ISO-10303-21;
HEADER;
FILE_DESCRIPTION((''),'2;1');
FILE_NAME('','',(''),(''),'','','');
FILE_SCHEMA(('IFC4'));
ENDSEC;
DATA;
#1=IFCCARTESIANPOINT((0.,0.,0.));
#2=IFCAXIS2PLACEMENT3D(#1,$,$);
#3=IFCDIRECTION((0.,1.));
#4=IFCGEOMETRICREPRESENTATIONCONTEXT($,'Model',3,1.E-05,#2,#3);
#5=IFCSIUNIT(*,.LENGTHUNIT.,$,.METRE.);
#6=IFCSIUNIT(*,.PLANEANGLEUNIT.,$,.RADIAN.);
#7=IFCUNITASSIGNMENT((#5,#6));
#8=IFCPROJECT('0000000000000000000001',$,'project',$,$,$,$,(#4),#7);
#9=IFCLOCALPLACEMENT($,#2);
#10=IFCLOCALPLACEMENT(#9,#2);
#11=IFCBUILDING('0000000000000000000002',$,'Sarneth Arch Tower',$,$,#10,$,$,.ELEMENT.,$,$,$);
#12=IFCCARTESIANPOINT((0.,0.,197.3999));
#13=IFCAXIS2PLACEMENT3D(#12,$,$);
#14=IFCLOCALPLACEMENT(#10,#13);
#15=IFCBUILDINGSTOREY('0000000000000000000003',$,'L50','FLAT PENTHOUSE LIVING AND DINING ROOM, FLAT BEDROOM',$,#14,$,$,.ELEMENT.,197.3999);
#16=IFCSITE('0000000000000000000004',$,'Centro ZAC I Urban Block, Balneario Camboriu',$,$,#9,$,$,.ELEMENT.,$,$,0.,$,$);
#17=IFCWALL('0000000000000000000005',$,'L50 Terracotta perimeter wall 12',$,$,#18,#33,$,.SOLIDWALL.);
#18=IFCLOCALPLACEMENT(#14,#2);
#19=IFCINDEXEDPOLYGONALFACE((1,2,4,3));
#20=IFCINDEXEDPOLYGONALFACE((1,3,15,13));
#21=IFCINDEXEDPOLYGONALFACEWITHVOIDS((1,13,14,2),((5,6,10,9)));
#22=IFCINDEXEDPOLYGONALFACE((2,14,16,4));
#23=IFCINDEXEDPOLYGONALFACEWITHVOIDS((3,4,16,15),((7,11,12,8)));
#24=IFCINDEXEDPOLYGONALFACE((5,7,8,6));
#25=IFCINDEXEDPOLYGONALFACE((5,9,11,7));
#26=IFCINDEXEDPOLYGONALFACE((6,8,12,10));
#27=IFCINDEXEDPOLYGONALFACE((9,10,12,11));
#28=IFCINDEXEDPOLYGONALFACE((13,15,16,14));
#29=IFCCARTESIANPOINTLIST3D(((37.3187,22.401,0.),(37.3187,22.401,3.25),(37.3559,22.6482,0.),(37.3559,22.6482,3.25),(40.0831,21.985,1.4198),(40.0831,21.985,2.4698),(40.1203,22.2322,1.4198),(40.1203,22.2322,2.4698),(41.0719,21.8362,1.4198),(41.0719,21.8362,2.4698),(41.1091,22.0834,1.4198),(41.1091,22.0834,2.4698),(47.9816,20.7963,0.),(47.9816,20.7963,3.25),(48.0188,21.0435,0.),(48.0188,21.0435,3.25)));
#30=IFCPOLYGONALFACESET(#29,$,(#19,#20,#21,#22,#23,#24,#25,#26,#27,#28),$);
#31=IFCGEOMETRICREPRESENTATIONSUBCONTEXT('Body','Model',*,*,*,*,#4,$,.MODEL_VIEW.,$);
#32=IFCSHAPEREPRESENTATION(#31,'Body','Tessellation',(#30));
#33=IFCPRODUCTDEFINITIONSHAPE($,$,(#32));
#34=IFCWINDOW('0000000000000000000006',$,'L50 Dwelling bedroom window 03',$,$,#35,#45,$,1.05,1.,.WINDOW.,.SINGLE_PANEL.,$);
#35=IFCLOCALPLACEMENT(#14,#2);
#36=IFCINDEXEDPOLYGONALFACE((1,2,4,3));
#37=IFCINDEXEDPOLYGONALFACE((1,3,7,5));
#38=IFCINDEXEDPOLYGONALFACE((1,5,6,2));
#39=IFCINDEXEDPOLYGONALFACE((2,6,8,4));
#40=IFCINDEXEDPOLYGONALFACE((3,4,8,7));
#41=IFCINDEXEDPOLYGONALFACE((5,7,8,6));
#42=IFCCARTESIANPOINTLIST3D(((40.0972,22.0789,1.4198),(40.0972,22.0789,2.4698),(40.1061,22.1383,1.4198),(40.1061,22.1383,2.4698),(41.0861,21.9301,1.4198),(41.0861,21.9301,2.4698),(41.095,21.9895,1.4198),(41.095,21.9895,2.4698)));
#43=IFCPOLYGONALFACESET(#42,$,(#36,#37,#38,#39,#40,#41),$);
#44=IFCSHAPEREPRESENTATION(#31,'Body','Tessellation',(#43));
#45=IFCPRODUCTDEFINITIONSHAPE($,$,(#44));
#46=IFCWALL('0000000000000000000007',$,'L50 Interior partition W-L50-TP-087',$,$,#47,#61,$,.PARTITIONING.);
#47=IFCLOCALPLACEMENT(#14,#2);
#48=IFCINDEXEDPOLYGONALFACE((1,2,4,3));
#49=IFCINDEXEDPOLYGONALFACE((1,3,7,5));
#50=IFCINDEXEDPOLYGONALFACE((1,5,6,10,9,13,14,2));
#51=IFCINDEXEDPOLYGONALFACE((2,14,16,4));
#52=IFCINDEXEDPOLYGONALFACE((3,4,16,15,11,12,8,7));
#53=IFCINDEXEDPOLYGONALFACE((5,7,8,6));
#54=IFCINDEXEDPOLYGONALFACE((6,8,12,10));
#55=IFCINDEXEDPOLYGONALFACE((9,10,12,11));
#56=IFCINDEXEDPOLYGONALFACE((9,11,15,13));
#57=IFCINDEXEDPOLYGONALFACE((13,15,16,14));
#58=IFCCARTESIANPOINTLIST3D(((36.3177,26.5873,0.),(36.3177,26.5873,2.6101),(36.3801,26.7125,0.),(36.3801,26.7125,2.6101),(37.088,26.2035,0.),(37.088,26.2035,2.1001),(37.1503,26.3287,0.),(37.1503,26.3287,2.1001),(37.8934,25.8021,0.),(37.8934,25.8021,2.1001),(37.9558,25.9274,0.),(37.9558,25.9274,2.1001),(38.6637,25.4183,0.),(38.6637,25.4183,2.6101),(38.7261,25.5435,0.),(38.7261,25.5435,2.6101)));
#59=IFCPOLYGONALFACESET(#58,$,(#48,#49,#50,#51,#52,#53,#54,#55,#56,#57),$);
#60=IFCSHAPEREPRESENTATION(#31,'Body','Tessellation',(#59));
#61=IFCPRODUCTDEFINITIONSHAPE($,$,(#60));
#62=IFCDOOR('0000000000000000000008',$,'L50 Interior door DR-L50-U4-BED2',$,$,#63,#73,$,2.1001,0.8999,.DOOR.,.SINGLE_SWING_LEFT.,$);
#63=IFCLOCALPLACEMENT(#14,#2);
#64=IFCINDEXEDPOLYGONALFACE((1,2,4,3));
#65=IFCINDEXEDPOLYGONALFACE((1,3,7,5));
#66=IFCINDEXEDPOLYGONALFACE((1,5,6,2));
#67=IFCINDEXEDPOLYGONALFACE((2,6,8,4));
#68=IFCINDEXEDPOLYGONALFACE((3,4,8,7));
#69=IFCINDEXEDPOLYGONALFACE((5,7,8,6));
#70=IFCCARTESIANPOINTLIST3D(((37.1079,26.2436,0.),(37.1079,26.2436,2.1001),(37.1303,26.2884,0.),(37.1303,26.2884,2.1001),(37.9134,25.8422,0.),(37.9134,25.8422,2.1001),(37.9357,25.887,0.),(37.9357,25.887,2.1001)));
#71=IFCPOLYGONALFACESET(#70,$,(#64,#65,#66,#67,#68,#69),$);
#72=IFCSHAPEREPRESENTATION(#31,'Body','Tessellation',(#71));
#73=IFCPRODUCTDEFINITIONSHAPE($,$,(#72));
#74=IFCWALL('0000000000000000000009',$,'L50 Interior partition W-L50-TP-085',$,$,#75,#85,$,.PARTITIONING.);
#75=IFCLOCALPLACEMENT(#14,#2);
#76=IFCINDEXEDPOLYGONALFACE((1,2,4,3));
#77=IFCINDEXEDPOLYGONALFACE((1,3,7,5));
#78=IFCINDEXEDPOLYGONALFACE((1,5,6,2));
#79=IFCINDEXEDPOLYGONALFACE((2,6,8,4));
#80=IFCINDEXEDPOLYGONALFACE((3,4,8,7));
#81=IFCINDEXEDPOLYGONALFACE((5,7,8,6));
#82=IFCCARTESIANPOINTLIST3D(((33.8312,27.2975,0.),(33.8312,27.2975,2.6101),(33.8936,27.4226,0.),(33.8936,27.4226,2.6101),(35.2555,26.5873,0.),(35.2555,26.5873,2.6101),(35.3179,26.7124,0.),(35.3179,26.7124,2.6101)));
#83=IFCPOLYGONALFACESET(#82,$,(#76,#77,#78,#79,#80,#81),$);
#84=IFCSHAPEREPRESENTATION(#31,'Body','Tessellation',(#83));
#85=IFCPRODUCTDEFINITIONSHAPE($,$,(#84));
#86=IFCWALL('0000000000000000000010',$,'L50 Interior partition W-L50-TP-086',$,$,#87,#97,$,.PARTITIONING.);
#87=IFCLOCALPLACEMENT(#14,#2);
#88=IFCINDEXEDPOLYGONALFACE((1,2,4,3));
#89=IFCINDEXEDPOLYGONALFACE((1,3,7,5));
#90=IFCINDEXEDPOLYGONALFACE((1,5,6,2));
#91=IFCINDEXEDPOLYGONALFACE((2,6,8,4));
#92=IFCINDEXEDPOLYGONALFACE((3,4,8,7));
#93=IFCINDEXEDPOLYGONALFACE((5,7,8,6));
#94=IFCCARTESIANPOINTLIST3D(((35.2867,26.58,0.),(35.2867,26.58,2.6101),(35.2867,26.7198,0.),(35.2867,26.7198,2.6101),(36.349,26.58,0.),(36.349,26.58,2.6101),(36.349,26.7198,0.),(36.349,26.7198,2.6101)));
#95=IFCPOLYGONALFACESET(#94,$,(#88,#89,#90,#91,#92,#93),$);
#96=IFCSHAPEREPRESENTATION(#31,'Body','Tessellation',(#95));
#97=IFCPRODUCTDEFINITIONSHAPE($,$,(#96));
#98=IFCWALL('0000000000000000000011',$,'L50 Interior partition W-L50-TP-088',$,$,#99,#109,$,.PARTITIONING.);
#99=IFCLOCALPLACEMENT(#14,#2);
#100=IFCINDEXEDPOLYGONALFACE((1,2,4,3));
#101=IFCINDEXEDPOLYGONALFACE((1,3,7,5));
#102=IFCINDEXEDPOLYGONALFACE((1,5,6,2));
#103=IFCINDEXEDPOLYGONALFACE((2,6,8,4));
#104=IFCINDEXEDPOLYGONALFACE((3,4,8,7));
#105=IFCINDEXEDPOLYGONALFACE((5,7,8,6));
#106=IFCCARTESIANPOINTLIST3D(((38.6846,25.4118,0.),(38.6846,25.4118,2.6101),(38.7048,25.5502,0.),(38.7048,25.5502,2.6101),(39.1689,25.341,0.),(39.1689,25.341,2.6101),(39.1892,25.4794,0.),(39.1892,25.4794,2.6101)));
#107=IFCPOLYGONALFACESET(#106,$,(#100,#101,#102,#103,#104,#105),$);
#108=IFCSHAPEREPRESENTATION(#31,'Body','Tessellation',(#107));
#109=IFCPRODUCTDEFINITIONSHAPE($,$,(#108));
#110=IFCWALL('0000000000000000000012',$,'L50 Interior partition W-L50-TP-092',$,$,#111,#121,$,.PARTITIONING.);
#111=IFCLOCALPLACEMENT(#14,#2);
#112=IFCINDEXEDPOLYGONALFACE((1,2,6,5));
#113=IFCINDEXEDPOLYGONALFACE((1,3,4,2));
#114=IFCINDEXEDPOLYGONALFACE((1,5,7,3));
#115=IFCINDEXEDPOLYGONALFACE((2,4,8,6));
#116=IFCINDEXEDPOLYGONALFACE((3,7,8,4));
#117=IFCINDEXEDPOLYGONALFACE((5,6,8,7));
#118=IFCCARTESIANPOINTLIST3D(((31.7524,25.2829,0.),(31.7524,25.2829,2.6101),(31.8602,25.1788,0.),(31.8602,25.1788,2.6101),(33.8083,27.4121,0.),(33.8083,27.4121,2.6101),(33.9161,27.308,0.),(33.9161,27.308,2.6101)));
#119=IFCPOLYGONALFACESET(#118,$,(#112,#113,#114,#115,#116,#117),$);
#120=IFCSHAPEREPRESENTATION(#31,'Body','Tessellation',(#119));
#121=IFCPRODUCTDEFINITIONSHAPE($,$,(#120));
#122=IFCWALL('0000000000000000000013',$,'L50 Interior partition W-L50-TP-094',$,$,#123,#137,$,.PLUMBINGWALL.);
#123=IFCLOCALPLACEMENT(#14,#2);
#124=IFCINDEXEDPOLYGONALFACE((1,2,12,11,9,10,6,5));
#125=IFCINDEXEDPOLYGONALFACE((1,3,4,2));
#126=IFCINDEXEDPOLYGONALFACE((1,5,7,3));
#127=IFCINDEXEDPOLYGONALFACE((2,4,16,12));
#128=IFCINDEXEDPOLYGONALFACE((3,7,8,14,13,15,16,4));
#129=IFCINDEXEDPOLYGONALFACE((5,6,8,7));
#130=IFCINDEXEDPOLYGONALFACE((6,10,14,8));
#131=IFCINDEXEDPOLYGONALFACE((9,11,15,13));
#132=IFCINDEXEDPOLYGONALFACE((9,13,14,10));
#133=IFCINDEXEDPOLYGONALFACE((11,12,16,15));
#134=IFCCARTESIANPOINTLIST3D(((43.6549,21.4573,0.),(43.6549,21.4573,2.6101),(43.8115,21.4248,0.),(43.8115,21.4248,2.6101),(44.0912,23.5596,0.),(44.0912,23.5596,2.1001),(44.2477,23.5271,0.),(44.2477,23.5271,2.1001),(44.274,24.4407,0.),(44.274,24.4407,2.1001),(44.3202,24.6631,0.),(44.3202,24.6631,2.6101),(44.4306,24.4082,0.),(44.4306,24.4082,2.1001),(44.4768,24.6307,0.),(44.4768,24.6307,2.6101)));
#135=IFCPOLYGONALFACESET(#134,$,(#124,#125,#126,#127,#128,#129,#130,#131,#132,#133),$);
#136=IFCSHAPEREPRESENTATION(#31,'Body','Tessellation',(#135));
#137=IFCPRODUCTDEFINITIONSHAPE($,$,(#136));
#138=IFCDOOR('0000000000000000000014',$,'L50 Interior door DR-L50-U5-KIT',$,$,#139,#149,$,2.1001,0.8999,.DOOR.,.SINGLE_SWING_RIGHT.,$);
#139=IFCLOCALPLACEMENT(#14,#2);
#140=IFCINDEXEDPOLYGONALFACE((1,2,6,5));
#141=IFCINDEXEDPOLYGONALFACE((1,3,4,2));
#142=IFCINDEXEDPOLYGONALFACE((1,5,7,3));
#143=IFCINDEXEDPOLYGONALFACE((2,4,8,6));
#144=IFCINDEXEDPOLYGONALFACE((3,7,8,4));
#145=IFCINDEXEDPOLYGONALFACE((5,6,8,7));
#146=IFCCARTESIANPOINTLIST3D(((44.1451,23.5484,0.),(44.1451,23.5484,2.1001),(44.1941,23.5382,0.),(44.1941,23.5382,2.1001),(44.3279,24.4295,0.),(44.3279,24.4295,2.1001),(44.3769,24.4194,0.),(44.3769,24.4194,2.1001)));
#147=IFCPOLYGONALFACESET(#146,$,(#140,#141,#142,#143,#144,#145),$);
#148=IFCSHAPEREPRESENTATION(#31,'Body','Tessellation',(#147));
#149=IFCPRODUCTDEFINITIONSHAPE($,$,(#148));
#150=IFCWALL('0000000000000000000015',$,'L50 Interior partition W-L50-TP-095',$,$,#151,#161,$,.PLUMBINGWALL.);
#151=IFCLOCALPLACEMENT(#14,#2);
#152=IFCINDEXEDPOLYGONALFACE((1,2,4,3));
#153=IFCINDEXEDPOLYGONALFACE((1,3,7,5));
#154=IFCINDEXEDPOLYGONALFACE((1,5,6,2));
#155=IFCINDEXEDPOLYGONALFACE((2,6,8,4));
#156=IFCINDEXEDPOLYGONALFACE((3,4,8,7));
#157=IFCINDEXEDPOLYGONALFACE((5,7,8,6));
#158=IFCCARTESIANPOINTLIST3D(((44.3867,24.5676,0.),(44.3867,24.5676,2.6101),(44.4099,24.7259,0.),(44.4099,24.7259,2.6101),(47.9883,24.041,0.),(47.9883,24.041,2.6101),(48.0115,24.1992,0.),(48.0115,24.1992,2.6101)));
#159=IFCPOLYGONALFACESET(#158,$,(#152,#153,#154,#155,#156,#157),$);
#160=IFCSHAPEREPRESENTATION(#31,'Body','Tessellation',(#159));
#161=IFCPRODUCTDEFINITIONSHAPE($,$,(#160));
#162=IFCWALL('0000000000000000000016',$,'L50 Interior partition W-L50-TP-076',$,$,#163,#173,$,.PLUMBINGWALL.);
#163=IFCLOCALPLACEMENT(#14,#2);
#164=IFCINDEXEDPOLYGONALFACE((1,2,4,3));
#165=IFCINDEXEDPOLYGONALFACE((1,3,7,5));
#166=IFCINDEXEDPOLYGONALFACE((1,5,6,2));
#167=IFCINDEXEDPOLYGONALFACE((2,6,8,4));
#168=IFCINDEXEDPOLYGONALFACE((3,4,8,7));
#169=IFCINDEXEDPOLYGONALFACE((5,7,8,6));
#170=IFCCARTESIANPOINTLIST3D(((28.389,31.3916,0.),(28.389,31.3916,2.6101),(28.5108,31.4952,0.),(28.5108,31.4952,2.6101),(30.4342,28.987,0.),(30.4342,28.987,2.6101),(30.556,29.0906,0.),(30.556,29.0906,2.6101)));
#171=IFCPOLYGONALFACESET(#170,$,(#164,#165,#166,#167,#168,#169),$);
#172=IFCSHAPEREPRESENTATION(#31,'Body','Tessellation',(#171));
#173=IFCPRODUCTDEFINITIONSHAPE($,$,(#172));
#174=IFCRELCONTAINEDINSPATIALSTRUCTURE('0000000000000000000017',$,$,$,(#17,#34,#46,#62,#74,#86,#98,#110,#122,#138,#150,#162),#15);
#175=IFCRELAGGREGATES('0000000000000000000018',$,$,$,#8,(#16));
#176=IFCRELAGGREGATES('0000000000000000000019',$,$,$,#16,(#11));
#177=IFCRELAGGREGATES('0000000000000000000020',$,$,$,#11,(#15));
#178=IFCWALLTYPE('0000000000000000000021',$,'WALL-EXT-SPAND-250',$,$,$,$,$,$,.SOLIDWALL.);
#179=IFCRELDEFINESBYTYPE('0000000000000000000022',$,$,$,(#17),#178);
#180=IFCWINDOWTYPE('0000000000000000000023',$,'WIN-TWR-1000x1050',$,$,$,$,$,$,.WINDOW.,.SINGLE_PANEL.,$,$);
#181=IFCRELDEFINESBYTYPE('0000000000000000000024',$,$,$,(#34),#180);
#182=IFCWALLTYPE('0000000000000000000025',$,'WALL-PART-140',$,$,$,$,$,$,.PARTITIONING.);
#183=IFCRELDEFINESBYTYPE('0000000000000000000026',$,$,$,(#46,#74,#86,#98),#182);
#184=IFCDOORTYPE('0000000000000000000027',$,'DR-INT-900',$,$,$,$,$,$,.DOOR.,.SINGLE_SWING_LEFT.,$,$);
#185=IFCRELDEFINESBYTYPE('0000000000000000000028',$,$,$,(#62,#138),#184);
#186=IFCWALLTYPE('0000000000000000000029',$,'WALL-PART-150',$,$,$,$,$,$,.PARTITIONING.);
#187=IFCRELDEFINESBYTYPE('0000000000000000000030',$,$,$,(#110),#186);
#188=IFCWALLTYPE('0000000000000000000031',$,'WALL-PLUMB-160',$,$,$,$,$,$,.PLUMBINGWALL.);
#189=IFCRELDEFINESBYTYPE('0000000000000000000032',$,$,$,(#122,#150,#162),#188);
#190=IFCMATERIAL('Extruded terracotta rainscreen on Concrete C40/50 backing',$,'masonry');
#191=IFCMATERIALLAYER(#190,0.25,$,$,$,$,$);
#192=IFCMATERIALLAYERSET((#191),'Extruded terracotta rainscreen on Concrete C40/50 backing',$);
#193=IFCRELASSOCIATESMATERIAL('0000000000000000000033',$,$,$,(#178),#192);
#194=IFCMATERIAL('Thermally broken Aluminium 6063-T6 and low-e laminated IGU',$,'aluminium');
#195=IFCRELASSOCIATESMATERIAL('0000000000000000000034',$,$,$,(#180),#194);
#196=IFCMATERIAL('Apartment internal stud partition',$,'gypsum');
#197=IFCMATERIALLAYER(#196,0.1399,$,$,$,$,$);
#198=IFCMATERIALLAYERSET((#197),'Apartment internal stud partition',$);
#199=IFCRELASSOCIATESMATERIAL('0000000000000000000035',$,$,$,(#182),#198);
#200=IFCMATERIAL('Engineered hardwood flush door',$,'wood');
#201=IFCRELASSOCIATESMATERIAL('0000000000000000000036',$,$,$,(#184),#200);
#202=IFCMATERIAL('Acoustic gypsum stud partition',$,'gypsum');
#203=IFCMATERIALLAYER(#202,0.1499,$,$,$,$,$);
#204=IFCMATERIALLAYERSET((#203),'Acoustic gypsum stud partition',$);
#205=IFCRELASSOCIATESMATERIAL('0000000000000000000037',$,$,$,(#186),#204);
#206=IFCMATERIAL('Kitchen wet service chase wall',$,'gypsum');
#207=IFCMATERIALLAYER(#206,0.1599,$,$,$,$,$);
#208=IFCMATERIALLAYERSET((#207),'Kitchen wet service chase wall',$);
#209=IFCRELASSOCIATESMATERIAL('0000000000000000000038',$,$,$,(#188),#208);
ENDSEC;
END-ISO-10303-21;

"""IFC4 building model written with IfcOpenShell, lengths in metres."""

from ifc_helpers import new_model, si_unit, direction, frame, frame_2d, origin, place, context, subcontext, project, spatial, rectangle, extrude, material, layer, layer_set, type_object, element, fill, save


model = new_model("IFC4")

# Units and contexts
model_context = context("Model", 3, precision=1e-05, world=origin(), true_north=direction((0.0, 1.0)))
body_context = subcontext(model_context, "Body", "Model", "MODEL_VIEW")
ifc_project = project(units=[si_unit("LENGTHUNIT", "METRE"), si_unit("PLANEANGLEUNIT", "RADIAN")], contexts=[model_context])

# Site, building, storey
site_placement = place(None, origin())
site = spatial("IfcSite", under=ifc_project, at=site_placement, Name="Centro ZAC I Urban Block, Balneario Camboriu", CompositionType="ELEMENT", RefElevation=0.0)
building_placement = place(site_placement, origin())
building = spatial("IfcBuilding", under=site, at=building_placement, Name="Sarneth Arch Tower", CompositionType="ELEMENT")
storey_placement = place(building_placement, frame((0.0, 0.0, 197.3999)))
storey = spatial("IfcBuildingStorey", under=building, at=storey_placement, Name="L50", Description="FLAT PENTHOUSE LIVING AND DINING ROOM, FLAT BEDROOM", CompositionType="ELEMENT", Elevation=197.3999)

# Wall, opening, window
ifc_material_1 = material(Name="Extruded terracotta rainscreen on Concrete C40/50 backing", Category="masonry")
ifc_layer_1 = layer(ifc_material_1, 0.25)
ifc_layer_set_1 = layer_set([ifc_layer_1], Name="Extruded terracotta rainscreen on Concrete C40/50 backing")
wall_type_1 = type_object("IfcWallType", Name="WALL-EXT-SPAND-250", PredefinedType="SOLIDWALL", material=ifc_layer_set_1)
wall_1_placement = place(storey_placement, frame((37.3372, 22.5247, 0.0), z_axis=(0.0, 0.0, 1.0), x_axis=(0.988864, -0.148822, 0.0)))
wall_1 = element("IfcWall", 1, at=wall_1_placement, inside=storey, type_object=wall_type_1, Name="L50 Terracotta perimeter wall 12", PredefinedType="SOLIDWALL", context=body_context, shape_type="SweptSolid", body=[
    extrude(rectangle(XDim=10.783, YDim=0.25, at=frame_2d((5.3916, 0.0))), origin(), (0.0, 0.0, 1.0), 3.25),
])
opening_1_placement = place(wall_1_placement, frame((2.7957, 0.0, 1.4199)))
opening_1 = element("IfcOpeningElement", 2, at=opening_1_placement, cuts=wall_1, PredefinedType="OPENING", context=body_context, shape_type="SweptSolid", body=[
    extrude(rectangle(XDim=1.0, YDim=1.05, at=frame_2d((0.5, 0.5249))), frame((0.0, 0.135, 0.0), z_axis=(0.0, -1.0, 0.0), x_axis=(1.0, 0.0, 0.0)), (0.0, 0.0, 1.0), 0.27),
])
ifc_material_2 = material(Name="Thermally broken Aluminium 6063-T6 and low-e laminated IGU", Category="aluminium")
window_type = type_object("IfcWindowType", Name="WIN-TWR-1000x1050", PartitioningType="SINGLE_PANEL", PredefinedType="WINDOW", material=ifc_material_2)
window_placement = place(opening_1_placement, origin())
window = element("IfcWindow", 3, at=window_placement, inside=storey, type_object=window_type, Name="L50 Dwelling bedroom window 03", OverallHeight=1.05, OverallWidth=1.0, PartitioningType="SINGLE_PANEL", PredefinedType="WINDOW", context=body_context, shape_type="SweptSolid", body=[
    extrude(rectangle(XDim=1.0, YDim=1.05, at=frame_2d((0.5, 0.5249))), frame((0.0, 0.03, 0.0), z_axis=(0.0, -1.0, 0.0), x_axis=(1.0, 0.0, 0.0)), (0.0, 0.0, 1.0), 0.0601),
])
fill(opening_1, window)

# Wall, opening, door
ifc_material_3 = material(Name="Apartment internal stud partition", Category="gypsum")
ifc_layer_2 = layer(ifc_material_3, 0.1399)
ifc_layer_set_2 = layer_set([ifc_layer_2], Name="Apartment internal stud partition")
wall_type_2 = type_object("IfcWallType", Name="WALL-PART-140", PredefinedType="PARTITIONING", material=ifc_layer_set_2)
wall_2_placement = place(storey_placement, frame((36.3489, 26.6499, 0.0), z_axis=(0.0, 0.0, 1.0), x_axis=(0.895041, -0.445984, 0.0)))
wall_2 = element("IfcWall", 4, at=wall_2_placement, inside=storey, type_object=wall_type_2, Name="L50 Interior partition W-L50-TP-087", PredefinedType="PARTITIONING", context=body_context, shape_type="SweptSolid", body=[
    extrude(rectangle(XDim=2.6211, YDim=0.1399, at=frame_2d((1.3105, 0.0))), origin(), (0.0, 0.0, 1.0), 2.6101),
])
opening_2_placement = place(wall_2_placement, frame((0.8606, 0.0, 0.0)))
opening_2 = element("IfcOpeningElement", 5, at=opening_2_placement, cuts=wall_2, PredefinedType="OPENING", context=body_context, shape_type="SweptSolid", body=[
    extrude(rectangle(XDim=0.8999, YDim=2.1001, at=frame_2d((0.45, 1.05))), frame((0.0, 0.0798, 0.0), z_axis=(0.0, -1.0, 0.0), x_axis=(1.0, 0.0, 0.0)), (0.0, 0.0, 1.0), 0.1599),
])
ifc_material_4 = material(Name="Engineered hardwood flush door", Category="wood")
door_type_1 = type_object("IfcDoorType", Name="DR-INT-900", OperationType="SINGLE_SWING_LEFT", PredefinedType="DOOR", material=ifc_material_4)
door_1_placement = place(opening_2_placement, origin())
door_1 = element("IfcDoor", 6, at=door_1_placement, inside=storey, type_object=door_type_1, Name="L50 Interior door DR-L50-U4-BED2", OperationType="SINGLE_SWING_LEFT", OverallHeight=2.1001, OverallWidth=0.8999, PredefinedType="DOOR", context=body_context, shape_type="SweptSolid", body=[
    extrude(rectangle(XDim=0.8999, YDim=2.1001, at=frame_2d((0.45, 1.05))), frame((0.0, 0.0249, 0.0), z_axis=(0.0, -1.0, 0.0), x_axis=(1.0, 0.0, 0.0)), (0.0, 0.0, 1.0), 0.05),
])
fill(opening_2, door_1)

# Walls
wall_3_placement = place(storey_placement, frame((33.8623, 27.3601, 0.0), z_axis=(0.0, 0.0, 1.0), x_axis=(0.894918, -0.446232, 0.0)))
element("IfcWall", 7, at=wall_3_placement, inside=storey, type_object=wall_type_2, Name="L50 Interior partition W-L50-TP-085", PredefinedType="PARTITIONING", context=body_context, shape_type="SweptSolid", body=[
    extrude(rectangle(XDim=1.5916, YDim=0.1399, at=frame_2d((0.7959, 0.0))), origin(), (0.0, 0.0, 1.0), 2.6101),
])
wall_4_placement = place(storey_placement, frame((35.2866, 26.6499, 0.0), z_axis=(0.0, 0.0, 1.0), x_axis=(1.0, 0.0, 0.0)))
element("IfcWall", 8, at=wall_4_placement, inside=storey, type_object=wall_type_2, Name="L50 Interior partition W-L50-TP-086", PredefinedType="PARTITIONING", context=body_context, shape_type="SweptSolid", body=[
    extrude(rectangle(XDim=1.0623, YDim=0.1399, at=frame_2d((0.5312, 0.0))), origin(), (0.0, 0.0, 1.0), 2.6101),
])
wall_5_placement = place(storey_placement, frame((38.6948, 25.481, 0.0), z_axis=(0.0, 0.0, 1.0), x_axis=(0.989485, -0.144632, 0.0)))
element("IfcWall", 9, at=wall_5_placement, inside=storey, type_object=wall_type_2, Name="L50 Interior partition W-L50-TP-088", PredefinedType="PARTITIONING", context=body_context, shape_type="SweptSolid", body=[
    extrude(rectangle(XDim=0.4895, YDim=0.1399, at=frame_2d((0.2446, 0.0))), origin(), (0.0, 0.0, 1.0), 2.6101),
])
ifc_material_5 = material(Name="Acoustic gypsum stud partition", Category="gypsum")
ifc_layer_3 = layer(ifc_material_5, 0.1499)
ifc_layer_set_3 = layer_set([ifc_layer_3], Name="Acoustic gypsum stud partition")
wall_type_3 = type_object("IfcWallType", Name="WALL-PART-150", PredefinedType="PARTITIONING", material=ifc_layer_set_3)
wall_6_placement = place(storey_placement, frame((33.8623, 27.3601, 0.0), z_axis=(0.0, 0.0, 1.0), x_axis=(-0.694625, -0.719372, 0.0)))
element("IfcWall", 10, at=wall_6_placement, inside=storey, type_object=wall_type_3, Name="L50 Interior partition W-L50-TP-092", PredefinedType="PARTITIONING", context=body_context, shape_type="SweptSolid", body=[
    extrude(rectangle(XDim=2.9597, YDim=0.1499, at=frame_2d((1.48, 0.0))), origin(), (0.0, 0.0, 1.0), 2.6101),
])

# Wall, opening, door
ifc_material_6 = material(Name="Kitchen wet service chase wall", Category="gypsum")
ifc_layer_4 = layer(ifc_material_6, 0.1599)
ifc_layer_set_4 = layer_set([ifc_layer_4], Name="Kitchen wet service chase wall")
wall_type_4 = type_object("IfcWallType", Name="WALL-PLUMB-160", PredefinedType="PLUMBINGWALL", material=ifc_layer_set_4)
wall_7_placement = place(storey_placement, frame((43.7332, 21.4409, 0.0), z_axis=(0.0, 0.0, 1.0), x_axis=(0.203195, 0.979138, 0.0)))
wall_7 = element("IfcWall", 11, at=wall_7_placement, inside=storey, type_object=wall_type_4, Name="L50 Interior partition W-L50-TP-094", PredefinedType="PLUMBINGWALL", context=body_context, shape_type="SweptSolid", body=[
    extrude(rectangle(XDim=3.2742, YDim=0.1599, at=frame_2d((1.6372, 0.0))), origin(), (0.0, 0.0, 1.0), 2.6101),
])
opening_3_placement = place(wall_7_placement, frame((2.1472, 0.0, 0.0)))
opening_3 = element("IfcOpeningElement", 12, at=opening_3_placement, cuts=wall_7, PredefinedType="OPENING", context=body_context, shape_type="SweptSolid", body=[
    extrude(rectangle(XDim=0.8999, YDim=2.1001, at=frame_2d((0.45, 1.05))), frame((0.0, 0.0898, 0.0), z_axis=(0.0, -1.0, 0.0), x_axis=(1.0, 0.0, 0.0)), (0.0, 0.0, 1.0), 0.1799),
])
door_2_placement = place(opening_3_placement, origin())
door_2 = element("IfcDoor", 13, at=door_2_placement, inside=storey, type_object=door_type_1, Name="L50 Interior door DR-L50-U5-KIT", OperationType="SINGLE_SWING_RIGHT", OverallHeight=2.1001, OverallWidth=0.8999, PredefinedType="DOOR", context=body_context, shape_type="SweptSolid", body=[
    extrude(rectangle(XDim=0.8999, YDim=2.1001, at=frame_2d((0.45, 1.05))), frame((0.0, 0.0249, 0.0), z_axis=(0.0, -1.0, 0.0), x_axis=(1.0, 0.0, 0.0)), (0.0, 0.0, 1.0), 0.05),
])
fill(opening_3, door_2)

# Walls
wall_8_placement = place(storey_placement, frame((44.3984, 24.6467, 0.0), z_axis=(0.0, 0.0, 1.0), x_axis=(0.989479, -0.144679, 0.0)))
element("IfcWall", 14, at=wall_8_placement, inside=storey, type_object=wall_type_4, Name="L50 Interior partition W-L50-TP-095", PredefinedType="PLUMBINGWALL", context=body_context, shape_type="SweptSolid", body=[
    extrude(rectangle(XDim=3.6399, YDim=0.1599, at=frame_2d((1.8198, 0.0))), origin(), (0.0, 0.0, 1.0), 2.6101),
])
wall_9_placement = place(storey_placement, frame((30.4951, 29.0388, 0.0), z_axis=(0.0, 0.0, 1.0), x_axis=(-0.647889, 0.761735, 0.0)))
element("IfcWall", 15, at=wall_9_placement, inside=storey, type_object=wall_type_4, Name="L50 Interior partition W-L50-TP-076", PredefinedType="PLUMBINGWALL", context=body_context, shape_type="SweptSolid", body=[
    extrude(rectangle(XDim=3.1567, YDim=0.1599, at=frame_2d((1.5784, 0.0))), origin(), (0.0, 0.0, 1.0), 2.6101),
])

save(model, "model.ifc")
